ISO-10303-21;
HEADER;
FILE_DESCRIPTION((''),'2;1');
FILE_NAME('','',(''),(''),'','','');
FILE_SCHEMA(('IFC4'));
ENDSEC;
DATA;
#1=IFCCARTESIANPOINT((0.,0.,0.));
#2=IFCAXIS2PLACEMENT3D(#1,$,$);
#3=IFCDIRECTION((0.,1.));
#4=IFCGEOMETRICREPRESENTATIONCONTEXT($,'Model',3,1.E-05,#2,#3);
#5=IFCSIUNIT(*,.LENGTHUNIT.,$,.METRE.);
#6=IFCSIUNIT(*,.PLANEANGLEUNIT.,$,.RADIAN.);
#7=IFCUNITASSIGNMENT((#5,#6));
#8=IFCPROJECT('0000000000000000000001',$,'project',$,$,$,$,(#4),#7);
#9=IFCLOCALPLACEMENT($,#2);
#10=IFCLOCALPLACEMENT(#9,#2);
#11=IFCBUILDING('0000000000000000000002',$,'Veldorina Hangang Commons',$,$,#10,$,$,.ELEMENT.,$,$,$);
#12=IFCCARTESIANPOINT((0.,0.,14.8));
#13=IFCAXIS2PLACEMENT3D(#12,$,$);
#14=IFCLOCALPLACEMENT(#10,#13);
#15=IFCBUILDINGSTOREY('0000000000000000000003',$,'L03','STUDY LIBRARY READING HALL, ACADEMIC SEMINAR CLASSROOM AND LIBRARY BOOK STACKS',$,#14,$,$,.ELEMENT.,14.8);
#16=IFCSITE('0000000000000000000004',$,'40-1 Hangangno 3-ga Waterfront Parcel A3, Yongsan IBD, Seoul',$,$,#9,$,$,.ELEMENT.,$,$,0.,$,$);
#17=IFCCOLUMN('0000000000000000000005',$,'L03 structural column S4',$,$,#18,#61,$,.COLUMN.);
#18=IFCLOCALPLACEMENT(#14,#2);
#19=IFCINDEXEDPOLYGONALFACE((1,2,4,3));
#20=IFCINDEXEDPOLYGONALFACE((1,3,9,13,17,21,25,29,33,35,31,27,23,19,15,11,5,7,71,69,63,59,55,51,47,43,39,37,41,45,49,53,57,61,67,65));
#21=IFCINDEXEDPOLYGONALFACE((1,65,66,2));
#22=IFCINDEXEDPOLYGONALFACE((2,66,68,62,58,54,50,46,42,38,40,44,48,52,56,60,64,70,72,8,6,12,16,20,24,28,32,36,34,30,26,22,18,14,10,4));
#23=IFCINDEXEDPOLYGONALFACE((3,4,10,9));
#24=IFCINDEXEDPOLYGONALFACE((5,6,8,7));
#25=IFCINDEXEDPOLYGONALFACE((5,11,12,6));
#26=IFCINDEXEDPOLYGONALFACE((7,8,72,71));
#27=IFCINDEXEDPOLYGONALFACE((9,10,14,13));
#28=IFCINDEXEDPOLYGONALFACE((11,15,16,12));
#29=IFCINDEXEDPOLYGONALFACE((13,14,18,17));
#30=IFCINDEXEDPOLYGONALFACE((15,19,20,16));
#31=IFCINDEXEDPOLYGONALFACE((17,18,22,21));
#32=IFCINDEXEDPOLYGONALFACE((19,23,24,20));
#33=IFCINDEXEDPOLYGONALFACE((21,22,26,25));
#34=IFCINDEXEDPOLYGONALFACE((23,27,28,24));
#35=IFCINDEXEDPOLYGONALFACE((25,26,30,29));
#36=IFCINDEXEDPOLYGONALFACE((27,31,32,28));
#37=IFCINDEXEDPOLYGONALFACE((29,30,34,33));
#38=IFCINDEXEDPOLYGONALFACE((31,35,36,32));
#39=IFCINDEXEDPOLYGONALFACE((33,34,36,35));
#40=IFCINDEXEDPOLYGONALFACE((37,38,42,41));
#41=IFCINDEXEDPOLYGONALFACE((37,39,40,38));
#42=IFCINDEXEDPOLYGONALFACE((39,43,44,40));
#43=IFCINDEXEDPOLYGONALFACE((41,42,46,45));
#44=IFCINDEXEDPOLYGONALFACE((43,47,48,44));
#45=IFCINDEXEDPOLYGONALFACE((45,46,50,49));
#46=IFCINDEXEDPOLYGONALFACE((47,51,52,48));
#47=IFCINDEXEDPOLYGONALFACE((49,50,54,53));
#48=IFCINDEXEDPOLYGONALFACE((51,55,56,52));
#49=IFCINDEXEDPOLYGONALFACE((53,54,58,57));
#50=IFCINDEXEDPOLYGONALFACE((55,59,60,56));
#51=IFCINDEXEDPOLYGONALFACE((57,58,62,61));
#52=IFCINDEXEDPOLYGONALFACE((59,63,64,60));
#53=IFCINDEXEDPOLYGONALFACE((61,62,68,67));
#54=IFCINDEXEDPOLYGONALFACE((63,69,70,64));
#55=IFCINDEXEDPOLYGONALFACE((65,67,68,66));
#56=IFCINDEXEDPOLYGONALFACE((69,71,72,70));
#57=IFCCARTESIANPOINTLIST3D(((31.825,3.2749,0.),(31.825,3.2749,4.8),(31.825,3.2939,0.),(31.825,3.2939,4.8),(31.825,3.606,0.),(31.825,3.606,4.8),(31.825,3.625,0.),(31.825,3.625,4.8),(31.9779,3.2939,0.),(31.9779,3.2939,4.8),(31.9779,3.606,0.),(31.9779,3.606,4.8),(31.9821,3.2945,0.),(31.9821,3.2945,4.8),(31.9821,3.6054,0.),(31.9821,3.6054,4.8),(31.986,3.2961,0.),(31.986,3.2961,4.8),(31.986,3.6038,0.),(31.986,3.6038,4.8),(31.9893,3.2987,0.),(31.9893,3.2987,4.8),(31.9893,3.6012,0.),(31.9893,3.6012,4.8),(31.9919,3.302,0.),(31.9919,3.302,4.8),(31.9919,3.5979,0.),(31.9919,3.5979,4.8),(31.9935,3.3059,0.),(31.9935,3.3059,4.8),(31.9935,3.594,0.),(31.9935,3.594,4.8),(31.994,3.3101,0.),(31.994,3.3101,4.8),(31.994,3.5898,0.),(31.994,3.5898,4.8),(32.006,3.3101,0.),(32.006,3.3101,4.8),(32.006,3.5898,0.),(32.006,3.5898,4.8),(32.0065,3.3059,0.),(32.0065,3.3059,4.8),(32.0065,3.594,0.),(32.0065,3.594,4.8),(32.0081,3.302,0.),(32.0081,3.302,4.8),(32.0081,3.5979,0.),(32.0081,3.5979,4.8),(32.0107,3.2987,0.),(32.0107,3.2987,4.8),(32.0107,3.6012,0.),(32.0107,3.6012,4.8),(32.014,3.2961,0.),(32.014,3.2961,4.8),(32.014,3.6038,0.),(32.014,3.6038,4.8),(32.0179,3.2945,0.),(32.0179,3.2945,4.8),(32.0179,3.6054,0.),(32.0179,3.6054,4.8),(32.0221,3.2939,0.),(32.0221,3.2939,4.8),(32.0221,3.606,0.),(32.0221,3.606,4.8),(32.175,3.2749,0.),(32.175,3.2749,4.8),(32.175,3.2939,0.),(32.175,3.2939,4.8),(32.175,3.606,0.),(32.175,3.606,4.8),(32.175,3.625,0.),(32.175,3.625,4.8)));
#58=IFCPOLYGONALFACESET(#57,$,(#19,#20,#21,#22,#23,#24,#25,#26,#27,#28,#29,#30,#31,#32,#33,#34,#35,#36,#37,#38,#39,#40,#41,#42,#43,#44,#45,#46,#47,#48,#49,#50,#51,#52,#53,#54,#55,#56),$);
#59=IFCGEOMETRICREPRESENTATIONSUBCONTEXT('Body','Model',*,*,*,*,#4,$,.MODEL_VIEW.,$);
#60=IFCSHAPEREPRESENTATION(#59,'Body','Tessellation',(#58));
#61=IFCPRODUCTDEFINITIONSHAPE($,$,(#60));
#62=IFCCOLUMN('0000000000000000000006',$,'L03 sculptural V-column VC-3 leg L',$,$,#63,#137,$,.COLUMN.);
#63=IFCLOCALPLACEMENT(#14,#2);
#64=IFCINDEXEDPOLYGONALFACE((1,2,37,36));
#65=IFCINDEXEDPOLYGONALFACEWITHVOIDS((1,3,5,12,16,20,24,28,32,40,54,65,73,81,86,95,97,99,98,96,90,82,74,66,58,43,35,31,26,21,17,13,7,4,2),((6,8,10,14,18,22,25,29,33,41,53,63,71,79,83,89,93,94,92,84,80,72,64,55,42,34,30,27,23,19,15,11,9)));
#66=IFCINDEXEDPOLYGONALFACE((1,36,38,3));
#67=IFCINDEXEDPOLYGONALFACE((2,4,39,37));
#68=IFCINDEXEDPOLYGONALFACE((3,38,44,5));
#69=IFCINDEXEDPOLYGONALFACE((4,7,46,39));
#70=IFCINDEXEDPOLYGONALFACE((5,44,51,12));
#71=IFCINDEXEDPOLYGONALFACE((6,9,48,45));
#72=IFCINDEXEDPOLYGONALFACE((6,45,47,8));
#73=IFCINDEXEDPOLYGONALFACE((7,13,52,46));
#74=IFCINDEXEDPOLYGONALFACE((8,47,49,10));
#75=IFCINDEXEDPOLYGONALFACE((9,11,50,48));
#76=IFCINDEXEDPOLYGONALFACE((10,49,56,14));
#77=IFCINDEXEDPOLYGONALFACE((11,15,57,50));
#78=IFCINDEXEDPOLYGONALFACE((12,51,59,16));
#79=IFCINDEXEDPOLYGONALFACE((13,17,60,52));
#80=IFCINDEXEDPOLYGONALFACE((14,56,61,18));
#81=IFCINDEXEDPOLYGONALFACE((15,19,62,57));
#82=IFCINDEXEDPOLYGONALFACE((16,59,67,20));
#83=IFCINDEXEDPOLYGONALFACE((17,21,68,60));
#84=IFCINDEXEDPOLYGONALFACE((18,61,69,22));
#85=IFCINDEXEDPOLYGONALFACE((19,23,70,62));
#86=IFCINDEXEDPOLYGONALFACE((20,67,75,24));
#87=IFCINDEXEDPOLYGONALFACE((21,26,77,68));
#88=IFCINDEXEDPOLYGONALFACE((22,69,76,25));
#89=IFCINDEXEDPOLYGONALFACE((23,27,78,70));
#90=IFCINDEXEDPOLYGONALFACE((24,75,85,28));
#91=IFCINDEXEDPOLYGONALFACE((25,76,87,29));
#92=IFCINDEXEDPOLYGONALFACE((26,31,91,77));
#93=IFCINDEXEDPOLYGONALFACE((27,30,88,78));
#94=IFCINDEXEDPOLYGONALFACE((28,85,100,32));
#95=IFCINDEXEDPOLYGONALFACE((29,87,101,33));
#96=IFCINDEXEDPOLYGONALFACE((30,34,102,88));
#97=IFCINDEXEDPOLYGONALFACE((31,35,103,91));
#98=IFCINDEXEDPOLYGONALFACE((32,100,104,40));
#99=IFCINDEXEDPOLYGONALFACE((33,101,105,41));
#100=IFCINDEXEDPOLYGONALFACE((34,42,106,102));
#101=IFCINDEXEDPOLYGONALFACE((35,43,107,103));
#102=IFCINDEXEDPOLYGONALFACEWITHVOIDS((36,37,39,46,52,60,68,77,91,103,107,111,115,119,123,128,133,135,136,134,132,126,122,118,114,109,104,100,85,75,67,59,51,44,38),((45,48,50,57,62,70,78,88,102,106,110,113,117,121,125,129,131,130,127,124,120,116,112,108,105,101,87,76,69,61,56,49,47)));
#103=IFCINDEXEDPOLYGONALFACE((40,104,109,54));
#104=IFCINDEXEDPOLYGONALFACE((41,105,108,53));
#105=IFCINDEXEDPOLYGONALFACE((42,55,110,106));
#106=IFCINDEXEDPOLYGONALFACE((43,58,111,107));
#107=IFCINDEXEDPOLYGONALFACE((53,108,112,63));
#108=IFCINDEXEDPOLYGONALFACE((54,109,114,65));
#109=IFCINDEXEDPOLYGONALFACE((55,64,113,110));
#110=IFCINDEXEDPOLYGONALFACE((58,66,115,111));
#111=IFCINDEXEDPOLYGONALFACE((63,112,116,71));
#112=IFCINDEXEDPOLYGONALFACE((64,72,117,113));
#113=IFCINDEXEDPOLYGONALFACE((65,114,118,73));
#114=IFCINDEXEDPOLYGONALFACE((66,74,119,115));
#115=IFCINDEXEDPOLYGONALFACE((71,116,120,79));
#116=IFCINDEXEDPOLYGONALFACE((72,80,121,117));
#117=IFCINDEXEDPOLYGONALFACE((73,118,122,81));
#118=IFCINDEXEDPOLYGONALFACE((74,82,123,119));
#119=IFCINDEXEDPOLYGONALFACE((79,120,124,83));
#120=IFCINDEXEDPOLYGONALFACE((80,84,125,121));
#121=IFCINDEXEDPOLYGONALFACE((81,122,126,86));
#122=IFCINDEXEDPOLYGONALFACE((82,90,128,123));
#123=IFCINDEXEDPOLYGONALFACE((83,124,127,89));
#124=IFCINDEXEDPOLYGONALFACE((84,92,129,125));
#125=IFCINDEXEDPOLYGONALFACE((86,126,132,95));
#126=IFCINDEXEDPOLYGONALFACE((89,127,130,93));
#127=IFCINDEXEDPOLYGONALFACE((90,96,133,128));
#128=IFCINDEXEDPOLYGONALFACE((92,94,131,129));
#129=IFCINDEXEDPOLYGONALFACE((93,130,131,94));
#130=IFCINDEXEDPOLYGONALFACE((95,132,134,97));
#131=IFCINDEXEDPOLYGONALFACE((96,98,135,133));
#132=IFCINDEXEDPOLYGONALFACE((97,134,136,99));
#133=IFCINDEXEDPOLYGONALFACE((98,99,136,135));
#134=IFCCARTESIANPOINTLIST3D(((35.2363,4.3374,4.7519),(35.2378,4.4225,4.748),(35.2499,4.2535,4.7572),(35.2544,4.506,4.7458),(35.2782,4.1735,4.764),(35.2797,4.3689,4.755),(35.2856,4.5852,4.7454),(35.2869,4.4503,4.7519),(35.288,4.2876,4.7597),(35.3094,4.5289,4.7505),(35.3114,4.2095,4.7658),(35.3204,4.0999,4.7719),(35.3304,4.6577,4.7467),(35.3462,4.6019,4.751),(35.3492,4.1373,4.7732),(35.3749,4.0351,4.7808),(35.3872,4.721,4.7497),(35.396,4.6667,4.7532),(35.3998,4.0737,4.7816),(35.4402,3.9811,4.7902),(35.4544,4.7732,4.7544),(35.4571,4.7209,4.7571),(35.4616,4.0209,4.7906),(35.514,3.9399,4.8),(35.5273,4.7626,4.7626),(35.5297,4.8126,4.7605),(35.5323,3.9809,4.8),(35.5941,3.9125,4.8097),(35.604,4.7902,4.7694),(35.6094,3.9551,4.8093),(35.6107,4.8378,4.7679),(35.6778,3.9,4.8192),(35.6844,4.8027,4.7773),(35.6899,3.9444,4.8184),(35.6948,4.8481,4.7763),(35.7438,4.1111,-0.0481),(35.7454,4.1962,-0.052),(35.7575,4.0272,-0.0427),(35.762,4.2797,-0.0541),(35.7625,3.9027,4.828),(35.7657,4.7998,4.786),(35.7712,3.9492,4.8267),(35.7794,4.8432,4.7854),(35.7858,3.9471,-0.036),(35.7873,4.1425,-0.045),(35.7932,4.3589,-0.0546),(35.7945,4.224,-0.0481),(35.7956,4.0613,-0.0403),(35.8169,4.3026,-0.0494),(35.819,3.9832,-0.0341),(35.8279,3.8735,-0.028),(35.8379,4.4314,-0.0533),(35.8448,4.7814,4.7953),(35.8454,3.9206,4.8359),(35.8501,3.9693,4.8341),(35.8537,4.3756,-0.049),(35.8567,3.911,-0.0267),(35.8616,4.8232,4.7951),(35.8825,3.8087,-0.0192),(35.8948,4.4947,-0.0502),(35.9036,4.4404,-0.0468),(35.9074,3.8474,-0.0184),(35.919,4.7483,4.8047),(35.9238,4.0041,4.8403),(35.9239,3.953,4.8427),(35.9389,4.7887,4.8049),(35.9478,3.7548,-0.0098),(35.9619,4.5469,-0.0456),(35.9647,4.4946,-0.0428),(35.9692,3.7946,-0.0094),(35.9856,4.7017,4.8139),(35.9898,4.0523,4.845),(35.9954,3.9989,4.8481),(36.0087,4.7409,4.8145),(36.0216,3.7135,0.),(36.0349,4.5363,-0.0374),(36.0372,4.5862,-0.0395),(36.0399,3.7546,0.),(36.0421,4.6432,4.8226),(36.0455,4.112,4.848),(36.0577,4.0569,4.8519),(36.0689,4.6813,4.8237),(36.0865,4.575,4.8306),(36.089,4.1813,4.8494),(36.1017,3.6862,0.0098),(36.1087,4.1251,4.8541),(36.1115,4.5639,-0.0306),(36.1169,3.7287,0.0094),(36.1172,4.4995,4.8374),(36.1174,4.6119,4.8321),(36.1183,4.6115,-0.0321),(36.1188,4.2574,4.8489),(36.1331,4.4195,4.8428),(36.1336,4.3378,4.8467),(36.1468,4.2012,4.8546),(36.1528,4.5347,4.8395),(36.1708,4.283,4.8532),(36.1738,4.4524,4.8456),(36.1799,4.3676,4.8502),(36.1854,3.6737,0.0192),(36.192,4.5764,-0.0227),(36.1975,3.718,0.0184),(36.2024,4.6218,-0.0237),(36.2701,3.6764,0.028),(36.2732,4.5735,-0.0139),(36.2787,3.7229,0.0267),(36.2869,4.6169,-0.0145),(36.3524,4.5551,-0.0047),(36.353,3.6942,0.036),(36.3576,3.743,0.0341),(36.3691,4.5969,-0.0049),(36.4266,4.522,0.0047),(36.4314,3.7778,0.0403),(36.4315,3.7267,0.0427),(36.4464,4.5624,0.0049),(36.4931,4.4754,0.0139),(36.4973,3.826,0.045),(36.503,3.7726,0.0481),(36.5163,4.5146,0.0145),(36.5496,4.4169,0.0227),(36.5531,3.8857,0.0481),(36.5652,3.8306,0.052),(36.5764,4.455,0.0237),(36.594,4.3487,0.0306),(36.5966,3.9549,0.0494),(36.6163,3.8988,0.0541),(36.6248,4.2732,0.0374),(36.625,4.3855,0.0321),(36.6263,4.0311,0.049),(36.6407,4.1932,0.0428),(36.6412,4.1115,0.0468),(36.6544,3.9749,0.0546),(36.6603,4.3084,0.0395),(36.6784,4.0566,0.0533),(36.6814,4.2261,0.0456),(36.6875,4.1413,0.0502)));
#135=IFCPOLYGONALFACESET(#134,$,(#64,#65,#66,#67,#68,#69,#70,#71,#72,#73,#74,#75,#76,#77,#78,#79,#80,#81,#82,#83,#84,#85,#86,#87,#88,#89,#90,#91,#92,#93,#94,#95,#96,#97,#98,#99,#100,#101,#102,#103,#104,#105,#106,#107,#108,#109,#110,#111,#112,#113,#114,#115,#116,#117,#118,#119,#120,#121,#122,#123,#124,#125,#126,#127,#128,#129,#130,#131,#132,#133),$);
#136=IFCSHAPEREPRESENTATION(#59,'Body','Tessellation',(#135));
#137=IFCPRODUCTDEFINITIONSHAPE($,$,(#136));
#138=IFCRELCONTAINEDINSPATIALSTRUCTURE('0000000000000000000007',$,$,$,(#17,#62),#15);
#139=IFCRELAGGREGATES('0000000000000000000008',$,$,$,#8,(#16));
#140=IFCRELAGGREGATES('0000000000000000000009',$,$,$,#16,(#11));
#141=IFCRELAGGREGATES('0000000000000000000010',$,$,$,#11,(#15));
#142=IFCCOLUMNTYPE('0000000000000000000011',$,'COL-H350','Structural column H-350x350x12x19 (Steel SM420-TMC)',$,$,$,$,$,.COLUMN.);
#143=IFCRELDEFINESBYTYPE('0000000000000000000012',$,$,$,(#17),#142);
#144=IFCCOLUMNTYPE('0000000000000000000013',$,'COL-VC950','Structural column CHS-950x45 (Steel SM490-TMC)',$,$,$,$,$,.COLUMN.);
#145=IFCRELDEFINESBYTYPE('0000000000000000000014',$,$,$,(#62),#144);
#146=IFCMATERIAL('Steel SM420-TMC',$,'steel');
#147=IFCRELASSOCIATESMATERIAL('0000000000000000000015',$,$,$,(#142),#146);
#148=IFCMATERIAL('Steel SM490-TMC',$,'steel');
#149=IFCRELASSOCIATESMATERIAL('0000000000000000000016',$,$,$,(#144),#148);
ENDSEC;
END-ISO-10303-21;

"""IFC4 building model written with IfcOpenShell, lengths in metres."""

from ifc_helpers import new_model, si_unit, direction, frame, origin, origin_2d, place, context, subcontext, project, spatial, hollow_circle, i_section, extrude, material, material_profile, profile_set, type_object, element, save


model = new_model("IFC4")

# Units and contexts
model_context = context("Model", 3, precision=1e-05, world=origin(), true_north=direction((0.0, 1.0)))
body_context = subcontext(model_context, "Body", "Model", "MODEL_VIEW")
ifc_project = project(units=[si_unit("LENGTHUNIT", "METRE"), si_unit("PLANEANGLEUNIT", "RADIAN")], contexts=[model_context])

# Site, building, storey
site_placement = place(None, origin())
site = spatial("IfcSite", under=ifc_project, at=site_placement, Name="40-1 Hangangno 3-ga Waterfront Parcel A3, Yongsan IBD, Seoul", CompositionType="ELEMENT", RefElevation=0.0)
building_placement = place(site_placement, origin())
building = spatial("IfcBuilding", under=site, at=building_placement, Name="Veldorina Hangang Commons", CompositionType="ELEMENT")
storey_placement = place(building_placement, frame((0.0, 0.0, 14.8)))
storey = spatial("IfcBuildingStorey", under=building, at=storey_placement, Name="L03", Description="STUDY LIBRARY READING HALL, ACADEMIC SEMINAR CLASSROOM AND LIBRARY BOOK STACKS", CompositionType="ELEMENT", Elevation=14.8)

# Columns
ifc_material_1 = material(Name="Steel SM420-TMC", Category="steel")
ifc_material_profile_1 = material_profile(ifc_material_1, i_section(OverallWidth=0.3501, OverallDepth=0.3501, WebThickness=0.012, FlangeThickness=0.019, FilletRadius=0.0161, at=origin_2d()), Name="H-350x350x12x19")
ifc_profile_set_1 = profile_set([ifc_material_profile_1], Name="Steel SM420-TMC")
column_type_1 = type_object("IfcColumnType", Name="COL-H350", Description="Structural column H-350x350x12x19 (Steel SM420-TMC)", PredefinedType="COLUMN", material=ifc_profile_set_1)
column_placement = place(storey_placement, frame((32.0, 3.45, 0.0), z_axis=(0.0, 0.0, 1.0), x_axis=(1.0, 0.0, 0.0)))
element("IfcColumn", 1, at=column_placement, inside=storey, type_object=column_type_1, Name="L03 structural column S4", PredefinedType="COLUMN", context=body_context, shape_type="SweptSolid", body=[
    extrude(i_section(OverallWidth=0.3501, OverallDepth=0.3501, WebThickness=0.012, FlangeThickness=0.019, FilletRadius=0.0161, at=origin_2d()), origin(), (0.0, 0.0, 1.0), 4.8),
])
ifc_material_2 = material(Name="Steel SM490-TMC", Category="steel")
ifc_material_profile_2 = material_profile(ifc_material_2, hollow_circle(Radius=0.4751, WallThickness=0.0449, at=origin_2d()), Name="CHS-950x45")
ifc_profile_set_2 = profile_set([ifc_material_profile_2], Name="Steel SM490-TMC")
column_type_2 = type_object("IfcColumnType", Name="COL-VC950", Description="Structural column CHS-950x45 (Steel SM490-TMC)", PredefinedType="COLUMN", material=ifc_profile_set_2)
for number, where, z_axis, x_axis, name in (
    (2, (36.2151, 4.1475, 0.0), (-0.105041, 0.046836, 0.993364), (-0.407239, -0.913322, 0.0), "L03 sculptural V-column VC-3 leg L"),
):
    element("IfcColumn", number, at=place(storey_placement, frame(where, z_axis=z_axis, x_axis=x_axis)), inside=storey, type_object=column_type_2, Name=name, PredefinedType="COLUMN", context=body_context, shape_type="SweptSolid", body=[
        extrude(hollow_circle(Radius=0.4751, WallThickness=0.0449, at=origin_2d()), origin(), (0.0, 0.0, 1.0), 4.832),
    ])

save(model, "model.ifc")
